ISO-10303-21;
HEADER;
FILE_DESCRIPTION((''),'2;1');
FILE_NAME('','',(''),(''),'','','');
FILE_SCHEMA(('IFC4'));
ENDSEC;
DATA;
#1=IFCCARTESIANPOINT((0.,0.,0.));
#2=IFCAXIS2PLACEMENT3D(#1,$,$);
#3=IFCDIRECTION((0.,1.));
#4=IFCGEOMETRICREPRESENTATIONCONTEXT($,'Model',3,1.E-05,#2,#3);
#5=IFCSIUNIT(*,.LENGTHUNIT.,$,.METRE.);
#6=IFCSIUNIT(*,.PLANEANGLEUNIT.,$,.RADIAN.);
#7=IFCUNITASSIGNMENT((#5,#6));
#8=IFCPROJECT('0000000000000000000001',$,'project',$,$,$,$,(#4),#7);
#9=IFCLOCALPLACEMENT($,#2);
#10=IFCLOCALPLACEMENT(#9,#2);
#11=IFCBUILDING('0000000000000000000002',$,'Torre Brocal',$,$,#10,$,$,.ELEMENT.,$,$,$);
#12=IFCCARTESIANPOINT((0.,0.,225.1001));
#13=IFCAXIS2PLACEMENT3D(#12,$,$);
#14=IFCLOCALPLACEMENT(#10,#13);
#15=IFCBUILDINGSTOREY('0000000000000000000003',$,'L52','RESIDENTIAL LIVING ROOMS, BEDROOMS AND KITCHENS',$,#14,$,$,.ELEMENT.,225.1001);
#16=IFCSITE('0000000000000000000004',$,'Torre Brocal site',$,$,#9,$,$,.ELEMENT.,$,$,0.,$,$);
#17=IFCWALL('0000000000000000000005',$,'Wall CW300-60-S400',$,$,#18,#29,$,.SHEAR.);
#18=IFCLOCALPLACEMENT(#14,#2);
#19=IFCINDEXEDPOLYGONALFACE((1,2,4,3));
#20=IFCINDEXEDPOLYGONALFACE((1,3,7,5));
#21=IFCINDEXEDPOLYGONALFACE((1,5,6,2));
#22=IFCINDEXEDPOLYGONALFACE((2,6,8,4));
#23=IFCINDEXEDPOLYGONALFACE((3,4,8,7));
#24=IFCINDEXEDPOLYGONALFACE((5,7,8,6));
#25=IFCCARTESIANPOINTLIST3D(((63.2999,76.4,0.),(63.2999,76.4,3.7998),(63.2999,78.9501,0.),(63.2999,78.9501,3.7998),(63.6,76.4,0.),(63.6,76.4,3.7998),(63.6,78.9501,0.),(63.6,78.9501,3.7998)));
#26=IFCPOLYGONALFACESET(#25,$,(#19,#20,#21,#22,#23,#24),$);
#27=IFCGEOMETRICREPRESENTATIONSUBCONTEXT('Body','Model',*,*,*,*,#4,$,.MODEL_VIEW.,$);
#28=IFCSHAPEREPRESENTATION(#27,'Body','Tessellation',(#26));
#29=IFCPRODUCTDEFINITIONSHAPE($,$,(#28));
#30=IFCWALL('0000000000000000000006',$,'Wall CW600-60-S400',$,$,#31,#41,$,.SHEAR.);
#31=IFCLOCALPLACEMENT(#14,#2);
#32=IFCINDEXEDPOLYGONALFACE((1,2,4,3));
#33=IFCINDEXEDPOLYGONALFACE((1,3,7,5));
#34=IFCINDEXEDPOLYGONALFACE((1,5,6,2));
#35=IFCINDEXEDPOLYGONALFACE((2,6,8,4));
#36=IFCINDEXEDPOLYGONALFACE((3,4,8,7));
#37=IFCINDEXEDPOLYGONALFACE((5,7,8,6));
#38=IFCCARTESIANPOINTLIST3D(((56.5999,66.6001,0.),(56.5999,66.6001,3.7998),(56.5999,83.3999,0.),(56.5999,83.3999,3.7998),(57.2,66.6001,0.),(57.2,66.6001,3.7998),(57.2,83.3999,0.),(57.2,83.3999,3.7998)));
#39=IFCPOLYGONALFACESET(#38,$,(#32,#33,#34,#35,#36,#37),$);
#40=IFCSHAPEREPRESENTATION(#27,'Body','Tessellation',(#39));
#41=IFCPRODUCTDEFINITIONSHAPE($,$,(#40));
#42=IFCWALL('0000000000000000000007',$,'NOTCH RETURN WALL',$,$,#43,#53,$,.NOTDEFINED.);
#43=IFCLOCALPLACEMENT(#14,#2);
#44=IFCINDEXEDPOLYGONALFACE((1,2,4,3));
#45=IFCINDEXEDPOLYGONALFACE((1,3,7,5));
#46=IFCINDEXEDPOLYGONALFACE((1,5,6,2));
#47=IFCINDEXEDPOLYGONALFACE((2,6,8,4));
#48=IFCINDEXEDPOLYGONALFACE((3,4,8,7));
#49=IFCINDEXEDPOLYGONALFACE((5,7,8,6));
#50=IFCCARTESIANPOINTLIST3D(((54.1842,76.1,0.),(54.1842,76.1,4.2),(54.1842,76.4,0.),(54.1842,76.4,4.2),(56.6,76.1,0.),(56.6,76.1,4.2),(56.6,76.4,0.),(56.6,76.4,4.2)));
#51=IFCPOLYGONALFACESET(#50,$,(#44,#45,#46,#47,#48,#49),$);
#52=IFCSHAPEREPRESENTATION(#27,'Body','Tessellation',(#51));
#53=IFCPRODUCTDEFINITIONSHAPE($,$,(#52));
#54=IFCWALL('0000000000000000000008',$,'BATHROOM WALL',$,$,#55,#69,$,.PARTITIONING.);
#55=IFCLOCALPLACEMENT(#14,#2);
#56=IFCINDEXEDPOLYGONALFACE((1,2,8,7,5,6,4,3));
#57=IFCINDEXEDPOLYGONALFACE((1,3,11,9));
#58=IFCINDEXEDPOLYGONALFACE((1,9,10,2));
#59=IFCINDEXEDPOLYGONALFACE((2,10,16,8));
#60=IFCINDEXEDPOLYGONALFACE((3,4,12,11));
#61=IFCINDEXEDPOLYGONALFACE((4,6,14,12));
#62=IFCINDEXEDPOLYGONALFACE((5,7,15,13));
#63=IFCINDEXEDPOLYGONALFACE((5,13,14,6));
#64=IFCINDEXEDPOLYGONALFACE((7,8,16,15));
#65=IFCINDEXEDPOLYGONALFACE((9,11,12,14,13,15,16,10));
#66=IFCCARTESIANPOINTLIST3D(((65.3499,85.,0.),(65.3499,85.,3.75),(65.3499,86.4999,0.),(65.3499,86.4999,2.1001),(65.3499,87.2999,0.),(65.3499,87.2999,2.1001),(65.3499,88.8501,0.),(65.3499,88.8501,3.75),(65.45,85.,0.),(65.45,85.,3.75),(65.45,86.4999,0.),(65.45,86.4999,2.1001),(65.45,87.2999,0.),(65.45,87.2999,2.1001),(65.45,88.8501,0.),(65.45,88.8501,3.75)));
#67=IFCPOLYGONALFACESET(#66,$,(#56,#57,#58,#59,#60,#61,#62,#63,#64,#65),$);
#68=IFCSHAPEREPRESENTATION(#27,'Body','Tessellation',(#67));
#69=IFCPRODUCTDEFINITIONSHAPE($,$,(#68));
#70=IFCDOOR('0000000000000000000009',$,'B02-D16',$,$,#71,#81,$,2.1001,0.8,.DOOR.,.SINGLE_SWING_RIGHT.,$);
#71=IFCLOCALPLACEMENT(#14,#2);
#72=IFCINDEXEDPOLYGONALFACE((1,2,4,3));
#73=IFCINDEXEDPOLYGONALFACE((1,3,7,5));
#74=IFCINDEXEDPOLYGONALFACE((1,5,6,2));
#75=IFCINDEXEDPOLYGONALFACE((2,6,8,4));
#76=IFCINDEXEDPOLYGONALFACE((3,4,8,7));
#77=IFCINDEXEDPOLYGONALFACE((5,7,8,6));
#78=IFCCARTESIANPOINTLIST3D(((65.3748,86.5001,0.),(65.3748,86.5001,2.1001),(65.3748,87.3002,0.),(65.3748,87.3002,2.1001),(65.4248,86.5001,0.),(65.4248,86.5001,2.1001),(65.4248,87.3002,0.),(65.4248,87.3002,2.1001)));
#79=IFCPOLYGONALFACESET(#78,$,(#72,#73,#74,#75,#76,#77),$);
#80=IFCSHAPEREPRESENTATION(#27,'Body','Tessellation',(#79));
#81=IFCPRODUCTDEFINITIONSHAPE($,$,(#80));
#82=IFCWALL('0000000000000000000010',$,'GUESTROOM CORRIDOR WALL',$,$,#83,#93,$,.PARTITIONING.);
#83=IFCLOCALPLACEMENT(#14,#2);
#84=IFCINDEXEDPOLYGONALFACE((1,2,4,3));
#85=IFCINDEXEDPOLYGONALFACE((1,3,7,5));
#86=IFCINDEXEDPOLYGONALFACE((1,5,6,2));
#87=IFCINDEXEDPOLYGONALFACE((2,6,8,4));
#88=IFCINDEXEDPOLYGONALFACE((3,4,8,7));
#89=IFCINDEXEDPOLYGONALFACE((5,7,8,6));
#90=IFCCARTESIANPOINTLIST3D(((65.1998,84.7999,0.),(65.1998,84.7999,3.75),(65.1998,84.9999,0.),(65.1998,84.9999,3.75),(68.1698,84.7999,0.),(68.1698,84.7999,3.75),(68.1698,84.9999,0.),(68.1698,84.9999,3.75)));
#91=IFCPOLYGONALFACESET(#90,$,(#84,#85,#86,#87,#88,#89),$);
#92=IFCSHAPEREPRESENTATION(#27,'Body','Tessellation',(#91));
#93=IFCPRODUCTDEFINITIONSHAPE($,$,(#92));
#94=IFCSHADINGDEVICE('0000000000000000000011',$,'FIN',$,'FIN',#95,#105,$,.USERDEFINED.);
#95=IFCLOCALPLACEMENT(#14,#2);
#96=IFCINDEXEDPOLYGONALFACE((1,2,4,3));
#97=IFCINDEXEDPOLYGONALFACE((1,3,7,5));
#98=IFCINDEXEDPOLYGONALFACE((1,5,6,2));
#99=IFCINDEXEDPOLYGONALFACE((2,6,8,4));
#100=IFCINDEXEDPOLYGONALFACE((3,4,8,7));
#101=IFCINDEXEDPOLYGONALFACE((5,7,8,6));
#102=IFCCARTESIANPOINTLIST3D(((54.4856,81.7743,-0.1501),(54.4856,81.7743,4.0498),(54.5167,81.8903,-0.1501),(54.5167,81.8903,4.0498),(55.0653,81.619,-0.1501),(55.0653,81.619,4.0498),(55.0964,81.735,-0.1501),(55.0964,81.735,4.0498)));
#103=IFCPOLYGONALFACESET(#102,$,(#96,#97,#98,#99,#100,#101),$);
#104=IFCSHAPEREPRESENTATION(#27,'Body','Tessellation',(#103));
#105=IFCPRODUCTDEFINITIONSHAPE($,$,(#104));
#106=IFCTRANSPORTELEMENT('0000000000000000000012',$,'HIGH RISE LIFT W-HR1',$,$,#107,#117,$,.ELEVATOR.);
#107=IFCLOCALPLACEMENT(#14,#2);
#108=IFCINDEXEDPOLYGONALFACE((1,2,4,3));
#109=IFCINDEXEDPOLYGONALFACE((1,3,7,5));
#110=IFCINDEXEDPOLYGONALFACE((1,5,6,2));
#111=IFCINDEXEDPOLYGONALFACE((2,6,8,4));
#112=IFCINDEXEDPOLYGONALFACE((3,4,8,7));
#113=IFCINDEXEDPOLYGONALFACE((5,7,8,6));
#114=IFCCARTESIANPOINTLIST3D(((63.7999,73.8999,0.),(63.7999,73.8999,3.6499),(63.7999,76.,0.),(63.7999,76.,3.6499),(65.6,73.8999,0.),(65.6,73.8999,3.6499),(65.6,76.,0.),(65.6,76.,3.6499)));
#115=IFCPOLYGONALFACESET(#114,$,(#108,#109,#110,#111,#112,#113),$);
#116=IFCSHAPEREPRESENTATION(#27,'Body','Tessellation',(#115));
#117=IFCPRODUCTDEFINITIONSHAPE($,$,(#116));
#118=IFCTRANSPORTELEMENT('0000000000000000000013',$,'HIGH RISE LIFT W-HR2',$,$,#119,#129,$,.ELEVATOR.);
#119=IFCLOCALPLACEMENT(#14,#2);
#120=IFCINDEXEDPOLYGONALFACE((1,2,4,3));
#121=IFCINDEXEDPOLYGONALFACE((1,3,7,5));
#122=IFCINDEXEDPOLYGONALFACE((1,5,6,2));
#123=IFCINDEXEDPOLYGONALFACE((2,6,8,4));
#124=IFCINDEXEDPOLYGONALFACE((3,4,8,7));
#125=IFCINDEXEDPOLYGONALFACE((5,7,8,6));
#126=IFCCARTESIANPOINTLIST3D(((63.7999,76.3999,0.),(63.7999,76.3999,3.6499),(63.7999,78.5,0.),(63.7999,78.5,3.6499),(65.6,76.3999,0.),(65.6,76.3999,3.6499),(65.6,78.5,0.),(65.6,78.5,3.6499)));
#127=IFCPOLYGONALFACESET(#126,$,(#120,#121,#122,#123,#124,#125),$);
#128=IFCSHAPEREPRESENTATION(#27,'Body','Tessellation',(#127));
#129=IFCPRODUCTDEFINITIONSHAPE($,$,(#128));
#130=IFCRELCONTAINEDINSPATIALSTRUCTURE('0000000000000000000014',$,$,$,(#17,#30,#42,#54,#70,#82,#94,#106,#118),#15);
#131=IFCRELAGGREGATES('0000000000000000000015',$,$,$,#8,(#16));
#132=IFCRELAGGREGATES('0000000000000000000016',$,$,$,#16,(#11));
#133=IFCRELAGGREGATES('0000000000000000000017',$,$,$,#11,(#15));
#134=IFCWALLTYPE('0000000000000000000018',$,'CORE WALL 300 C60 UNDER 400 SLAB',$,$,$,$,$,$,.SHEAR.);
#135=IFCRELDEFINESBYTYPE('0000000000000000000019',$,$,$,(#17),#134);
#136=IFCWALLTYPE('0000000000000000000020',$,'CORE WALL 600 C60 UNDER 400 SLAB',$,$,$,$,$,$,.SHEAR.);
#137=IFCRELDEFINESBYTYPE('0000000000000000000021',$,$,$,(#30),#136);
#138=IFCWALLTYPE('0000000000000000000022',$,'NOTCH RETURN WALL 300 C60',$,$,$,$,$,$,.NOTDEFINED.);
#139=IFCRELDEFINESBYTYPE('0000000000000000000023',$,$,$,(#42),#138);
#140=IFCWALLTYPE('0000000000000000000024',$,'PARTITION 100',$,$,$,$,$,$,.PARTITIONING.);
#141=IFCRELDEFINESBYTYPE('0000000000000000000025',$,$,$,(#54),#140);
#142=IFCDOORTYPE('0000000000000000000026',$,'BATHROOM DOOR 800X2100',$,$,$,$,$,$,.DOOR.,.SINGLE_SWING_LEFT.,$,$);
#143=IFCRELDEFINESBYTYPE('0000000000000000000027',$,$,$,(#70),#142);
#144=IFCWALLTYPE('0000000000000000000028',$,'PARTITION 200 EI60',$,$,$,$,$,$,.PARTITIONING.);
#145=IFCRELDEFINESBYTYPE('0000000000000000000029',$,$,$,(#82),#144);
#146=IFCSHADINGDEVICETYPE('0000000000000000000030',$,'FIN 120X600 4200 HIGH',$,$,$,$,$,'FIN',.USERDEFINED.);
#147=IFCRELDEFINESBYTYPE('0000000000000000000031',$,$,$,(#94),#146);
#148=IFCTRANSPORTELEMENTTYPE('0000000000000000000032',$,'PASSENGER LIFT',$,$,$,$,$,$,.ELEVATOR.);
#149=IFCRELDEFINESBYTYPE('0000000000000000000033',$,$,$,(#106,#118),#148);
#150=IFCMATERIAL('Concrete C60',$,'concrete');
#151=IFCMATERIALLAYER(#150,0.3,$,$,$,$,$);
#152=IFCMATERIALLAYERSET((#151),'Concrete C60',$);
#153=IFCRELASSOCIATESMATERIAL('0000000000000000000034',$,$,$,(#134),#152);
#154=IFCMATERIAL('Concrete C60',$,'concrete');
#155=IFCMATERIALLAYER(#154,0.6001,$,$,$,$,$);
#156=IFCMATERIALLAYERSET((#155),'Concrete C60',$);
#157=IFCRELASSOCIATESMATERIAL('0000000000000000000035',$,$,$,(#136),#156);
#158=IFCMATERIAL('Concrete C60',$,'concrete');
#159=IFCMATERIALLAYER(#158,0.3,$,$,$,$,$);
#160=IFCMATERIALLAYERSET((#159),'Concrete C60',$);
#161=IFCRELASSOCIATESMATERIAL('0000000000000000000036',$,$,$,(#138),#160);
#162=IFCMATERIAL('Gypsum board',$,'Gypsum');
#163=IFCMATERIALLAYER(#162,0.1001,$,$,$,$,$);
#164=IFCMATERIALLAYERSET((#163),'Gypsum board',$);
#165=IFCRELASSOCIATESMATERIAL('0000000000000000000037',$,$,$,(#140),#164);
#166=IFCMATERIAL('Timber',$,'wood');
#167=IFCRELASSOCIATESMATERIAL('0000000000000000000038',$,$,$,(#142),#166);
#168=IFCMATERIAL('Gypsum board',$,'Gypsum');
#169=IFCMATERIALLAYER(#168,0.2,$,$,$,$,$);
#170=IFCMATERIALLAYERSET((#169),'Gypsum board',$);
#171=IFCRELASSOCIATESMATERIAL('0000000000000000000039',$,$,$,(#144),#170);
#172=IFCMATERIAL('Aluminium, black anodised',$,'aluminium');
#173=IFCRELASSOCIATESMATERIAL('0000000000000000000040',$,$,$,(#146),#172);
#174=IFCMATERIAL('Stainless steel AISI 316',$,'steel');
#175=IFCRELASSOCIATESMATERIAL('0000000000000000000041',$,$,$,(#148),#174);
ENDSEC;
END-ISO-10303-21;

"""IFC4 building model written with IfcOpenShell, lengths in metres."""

from ifc_helpers import new_model, si_unit, direction, frame, frame_2d, origin, origin_2d, place, context, subcontext, project, spatial, rectangle, extrude, material, layer, layer_set, material_profile, profile_set, type_object, element, fill, save


model = new_model("IFC4")

# Units and contexts
model_context = context("Model", 3, precision=1e-05, world=origin(), true_north=direction((0.0, 1.0)))
body_context = subcontext(model_context, "Body", "Model", "MODEL_VIEW")
ifc_project = project(units=[si_unit("LENGTHUNIT", "METRE"), si_unit("PLANEANGLEUNIT", "RADIAN")], contexts=[model_context])

# Site, building, storey
site_placement = place(None, origin())
site = spatial("IfcSite", under=ifc_project, at=site_placement, Name="Torre Brocal site", CompositionType="ELEMENT", RefElevation=0.0)
building_placement = place(site_placement, origin())
building = spatial("IfcBuilding", under=site, at=building_placement, Name="Torre Brocal", CompositionType="ELEMENT")
storey_placement = place(building_placement, frame((0.0, 0.0, 225.1001)))
storey = spatial("IfcBuildingStorey", under=building, at=storey_placement, Name="L52", Description="RESIDENTIAL LIVING ROOMS, BEDROOMS AND KITCHENS", CompositionType="ELEMENT", Elevation=225.1001)

# Walls
ifc_material_1 = material(Name="Concrete C60", Category="concrete")
ifc_layer_1 = layer(ifc_material_1, 0.3)
ifc_layer_set_1 = layer_set([ifc_layer_1], Name="Concrete C60")
wall_type_1 = type_object("IfcWallType", Name="CORE WALL 300 C60 UNDER 400 SLAB", PredefinedType="SHEAR", material=ifc_layer_set_1)
for number, where, z_axis, x_axis, name in (
    (1, (63.45, 78.95, 0.0), (0.0, 0.0, 1.0), (0.0, -1.0, 0.0), "Wall CW300-60-S400"),
):
    element("IfcWall", number, at=place(storey_placement, frame(where, z_axis=z_axis, x_axis=x_axis)), inside=storey, type_object=wall_type_1, Name=name, PredefinedType="SHEAR", context=body_context, shape_type="SweptSolid", body=[
        extrude(rectangle(XDim=2.55, YDim=0.3, at=frame_2d((1.2749, 0.0))), origin(), (0.0, 0.0, 1.0), 3.7998),
    ])
ifc_material_2 = material(Name="Concrete C60", Category="concrete")
ifc_layer_2 = layer(ifc_material_2, 0.6001)
ifc_layer_set_2 = layer_set([ifc_layer_2], Name="Concrete C60")
wall_type_2 = type_object("IfcWallType", Name="CORE WALL 600 C60 UNDER 400 SLAB", PredefinedType="SHEAR", material=ifc_layer_set_2)
wall_1_placement = place(storey_placement, frame((56.8999, 83.3999, 0.0), z_axis=(0.0, 0.0, 1.0), x_axis=(0.0, -1.0, 0.0)))
element("IfcWall", 2, at=wall_1_placement, inside=storey, type_object=wall_type_2, Name="Wall CW600-60-S400", PredefinedType="SHEAR", context=body_context, shape_type="SweptSolid", body=[
    extrude(rectangle(XDim=16.7998, YDim=0.6001, at=frame_2d((8.3999, 0.0))), origin(), (0.0, 0.0, 1.0), 3.7998),
])
ifc_material_3 = material(Name="Concrete C60", Category="concrete")
ifc_layer_3 = layer(ifc_material_3, 0.3)
ifc_layer_set_3 = layer_set([ifc_layer_3], Name="Concrete C60")
wall_type_3 = type_object("IfcWallType", Name="NOTCH RETURN WALL 300 C60", PredefinedType="NOTDEFINED", material=ifc_layer_set_3)
wall_2_placement = place(storey_placement, frame((56.6001, 76.25, 0.0), z_axis=(0.0, 0.0, 1.0), x_axis=(-1.0, 0.0, 0.0)))
element("IfcWall", 3, at=wall_2_placement, inside=storey, type_object=wall_type_3, Name="NOTCH RETURN WALL", PredefinedType="NOTDEFINED", context=body_context, shape_type="SweptSolid", body=[
    extrude(rectangle(XDim=2.4158, YDim=0.3, at=frame_2d((1.208, 0.0))), origin(), (0.0, 0.0, 1.0), 4.2),
])

# Wall, opening, door
ifc_material_4 = material(Name="Gypsum board", Category="Gypsum")
ifc_layer_4 = layer(ifc_material_4, 0.1001)
ifc_layer_set_4 = layer_set([ifc_layer_4], Name="Gypsum board")
wall_type_4 = type_object("IfcWallType", Name="PARTITION 100", PredefinedType="PARTITIONING", material=ifc_layer_set_4)
wall_3_placement = place(storey_placement, frame((65.3999, 85.0, 0.0), z_axis=(0.0, 0.0, 1.0), x_axis=(0.0, 1.0, 0.0)))
wall_3 = element("IfcWall", 4, at=wall_3_placement, inside=storey, type_object=wall_type_4, Name="BATHROOM WALL", PredefinedType="PARTITIONING", context=body_context, shape_type="SweptSolid", body=[
    extrude(rectangle(XDim=3.8501, YDim=0.1001, at=frame_2d((1.925, 0.0))), origin(), (0.0, 0.0, 1.0), 3.75),
])
opening_placement = place(wall_3_placement, frame((1.5, 0.0, 0.0)))
opening = element("IfcOpeningElement", 5, at=opening_placement, cuts=wall_3, PredefinedType="OPENING", context=body_context, shape_type="SweptSolid", body=[
    extrude(rectangle(XDim=0.8, YDim=2.1001, at=frame_2d((0.3999, 1.05))), frame((0.0, 0.0601, 0.0), z_axis=(0.0, -1.0, 0.0), x_axis=(1.0, 0.0, 0.0)), (0.0, 0.0, 1.0), 0.1201),
])
ifc_material_5 = material(Name="Timber", Category="wood")
door_type = type_object("IfcDoorType", Name="BATHROOM DOOR 800X2100", OperationType="SINGLE_SWING_LEFT", PredefinedType="DOOR", material=ifc_material_5)
door_placement = place(opening_placement, frame((0.8, 0.0, 0.0), z_axis=(0.0, 0.0, 1.0), x_axis=(-1.0, 0.0, 0.0)))
door = element("IfcDoor", 6, at=door_placement, inside=storey, type_object=door_type, Name="B02-D16", OperationType="SINGLE_SWING_RIGHT", OverallHeight=2.1001, OverallWidth=0.8, PredefinedType="DOOR", context=body_context, shape_type="SweptSolid", body=[
    extrude(rectangle(XDim=0.8, YDim=2.1001, at=frame_2d((0.3999, 1.05))), frame((0.0, 0.0249, 0.0), z_axis=(0.0, -1.0, 0.0), x_axis=(1.0, 0.0, 0.0)), (0.0, 0.0, 1.0), 0.05),
])
fill(opening, door)

# Wall
ifc_material_6 = material(Name="Gypsum board", Category="Gypsum")
ifc_layer_5 = layer(ifc_material_6, 0.2)
ifc_layer_set_5 = layer_set([ifc_layer_5], Name="Gypsum board")
wall_type_5 = type_object("IfcWallType", Name="PARTITION 200 EI60", PredefinedType="PARTITIONING", material=ifc_layer_set_5)
wall_4_placement = place(storey_placement, frame((65.2, 84.8999, 0.0), z_axis=(0.0, 0.0, 1.0), x_axis=(1.0, 0.0, 0.0)))
element("IfcWall", 7, at=wall_4_placement, inside=storey, type_object=wall_type_5, Name="GUESTROOM CORRIDOR WALL", PredefinedType="PARTITIONING", context=body_context, shape_type="SweptSolid", body=[
    extrude(rectangle(XDim=2.97, YDim=0.2, at=frame_2d((1.4849, 0.0))), origin(), (0.0, 0.0, 1.0), 3.75),
])

# Shading device
ifc_material_7 = material(Name="Aluminium, black anodised", Category="aluminium")
ifc_material_profile_1 = material_profile(ifc_material_7, rectangle(XDim=0.1201, YDim=0.6001, at=origin_2d()), Name="FIN 120X600 4200 HIGH")
ifc_profile_set_1 = profile_set([ifc_material_profile_1], Name="Aluminium, black anodised")
shading_device_type = type_object("IfcShadingDeviceType", Name="FIN 120X600 4200 HIGH", ElementType="FIN", PredefinedType="USERDEFINED", material=ifc_profile_set_1)
shading_device_placement = place(storey_placement, frame((54.791, 81.7546, -0.1501), z_axis=(0.0, 0.0, 1.0), x_axis=(-0.258819, -0.965926, 0.0)))
element("IfcShadingDevice", 8, at=shading_device_placement, inside=storey, type_object=shading_device_type, Name="FIN", ObjectType="FIN", PredefinedType="USERDEFINED", context=body_context, shape_type="SweptSolid", body=[
    extrude(rectangle(XDim=0.1201, YDim=0.6001, at=origin_2d()), origin(), (0.0, 0.0, 1.0), 4.2),
])

# Transport elements
ifc_material_8 = material(Name="Stainless steel AISI 316", Category="steel")
transport_element_type = type_object("IfcTransportElementType", Name="PASSENGER LIFT", PredefinedType="ELEVATOR", material=ifc_material_8)
for number, where, z_axis, x_axis, name in (
    (9, (64.7, 74.95, 0.0), (0.0, 0.0, 1.0), (1.0, 0.0, 0.0), "HIGH RISE LIFT W-HR1"),
    (10, (64.7, 77.45, 0.0), (0.0, 0.0, 1.0), (1.0, 0.0, 0.0), "HIGH RISE LIFT W-HR2"),
):
    element("IfcTransportElement", number, at=place(storey_placement, frame(where, z_axis=z_axis, x_axis=x_axis)), inside=storey, type_object=transport_element_type, Name=name, PredefinedType="ELEVATOR", context=body_context, shape_type="SweptSolid", body=[
        extrude(rectangle(XDim=1.8, YDim=2.1001, at=origin_2d()), origin(), (0.0, 0.0, 1.0), 3.6499),
    ])

save(model, "model.ifc")
